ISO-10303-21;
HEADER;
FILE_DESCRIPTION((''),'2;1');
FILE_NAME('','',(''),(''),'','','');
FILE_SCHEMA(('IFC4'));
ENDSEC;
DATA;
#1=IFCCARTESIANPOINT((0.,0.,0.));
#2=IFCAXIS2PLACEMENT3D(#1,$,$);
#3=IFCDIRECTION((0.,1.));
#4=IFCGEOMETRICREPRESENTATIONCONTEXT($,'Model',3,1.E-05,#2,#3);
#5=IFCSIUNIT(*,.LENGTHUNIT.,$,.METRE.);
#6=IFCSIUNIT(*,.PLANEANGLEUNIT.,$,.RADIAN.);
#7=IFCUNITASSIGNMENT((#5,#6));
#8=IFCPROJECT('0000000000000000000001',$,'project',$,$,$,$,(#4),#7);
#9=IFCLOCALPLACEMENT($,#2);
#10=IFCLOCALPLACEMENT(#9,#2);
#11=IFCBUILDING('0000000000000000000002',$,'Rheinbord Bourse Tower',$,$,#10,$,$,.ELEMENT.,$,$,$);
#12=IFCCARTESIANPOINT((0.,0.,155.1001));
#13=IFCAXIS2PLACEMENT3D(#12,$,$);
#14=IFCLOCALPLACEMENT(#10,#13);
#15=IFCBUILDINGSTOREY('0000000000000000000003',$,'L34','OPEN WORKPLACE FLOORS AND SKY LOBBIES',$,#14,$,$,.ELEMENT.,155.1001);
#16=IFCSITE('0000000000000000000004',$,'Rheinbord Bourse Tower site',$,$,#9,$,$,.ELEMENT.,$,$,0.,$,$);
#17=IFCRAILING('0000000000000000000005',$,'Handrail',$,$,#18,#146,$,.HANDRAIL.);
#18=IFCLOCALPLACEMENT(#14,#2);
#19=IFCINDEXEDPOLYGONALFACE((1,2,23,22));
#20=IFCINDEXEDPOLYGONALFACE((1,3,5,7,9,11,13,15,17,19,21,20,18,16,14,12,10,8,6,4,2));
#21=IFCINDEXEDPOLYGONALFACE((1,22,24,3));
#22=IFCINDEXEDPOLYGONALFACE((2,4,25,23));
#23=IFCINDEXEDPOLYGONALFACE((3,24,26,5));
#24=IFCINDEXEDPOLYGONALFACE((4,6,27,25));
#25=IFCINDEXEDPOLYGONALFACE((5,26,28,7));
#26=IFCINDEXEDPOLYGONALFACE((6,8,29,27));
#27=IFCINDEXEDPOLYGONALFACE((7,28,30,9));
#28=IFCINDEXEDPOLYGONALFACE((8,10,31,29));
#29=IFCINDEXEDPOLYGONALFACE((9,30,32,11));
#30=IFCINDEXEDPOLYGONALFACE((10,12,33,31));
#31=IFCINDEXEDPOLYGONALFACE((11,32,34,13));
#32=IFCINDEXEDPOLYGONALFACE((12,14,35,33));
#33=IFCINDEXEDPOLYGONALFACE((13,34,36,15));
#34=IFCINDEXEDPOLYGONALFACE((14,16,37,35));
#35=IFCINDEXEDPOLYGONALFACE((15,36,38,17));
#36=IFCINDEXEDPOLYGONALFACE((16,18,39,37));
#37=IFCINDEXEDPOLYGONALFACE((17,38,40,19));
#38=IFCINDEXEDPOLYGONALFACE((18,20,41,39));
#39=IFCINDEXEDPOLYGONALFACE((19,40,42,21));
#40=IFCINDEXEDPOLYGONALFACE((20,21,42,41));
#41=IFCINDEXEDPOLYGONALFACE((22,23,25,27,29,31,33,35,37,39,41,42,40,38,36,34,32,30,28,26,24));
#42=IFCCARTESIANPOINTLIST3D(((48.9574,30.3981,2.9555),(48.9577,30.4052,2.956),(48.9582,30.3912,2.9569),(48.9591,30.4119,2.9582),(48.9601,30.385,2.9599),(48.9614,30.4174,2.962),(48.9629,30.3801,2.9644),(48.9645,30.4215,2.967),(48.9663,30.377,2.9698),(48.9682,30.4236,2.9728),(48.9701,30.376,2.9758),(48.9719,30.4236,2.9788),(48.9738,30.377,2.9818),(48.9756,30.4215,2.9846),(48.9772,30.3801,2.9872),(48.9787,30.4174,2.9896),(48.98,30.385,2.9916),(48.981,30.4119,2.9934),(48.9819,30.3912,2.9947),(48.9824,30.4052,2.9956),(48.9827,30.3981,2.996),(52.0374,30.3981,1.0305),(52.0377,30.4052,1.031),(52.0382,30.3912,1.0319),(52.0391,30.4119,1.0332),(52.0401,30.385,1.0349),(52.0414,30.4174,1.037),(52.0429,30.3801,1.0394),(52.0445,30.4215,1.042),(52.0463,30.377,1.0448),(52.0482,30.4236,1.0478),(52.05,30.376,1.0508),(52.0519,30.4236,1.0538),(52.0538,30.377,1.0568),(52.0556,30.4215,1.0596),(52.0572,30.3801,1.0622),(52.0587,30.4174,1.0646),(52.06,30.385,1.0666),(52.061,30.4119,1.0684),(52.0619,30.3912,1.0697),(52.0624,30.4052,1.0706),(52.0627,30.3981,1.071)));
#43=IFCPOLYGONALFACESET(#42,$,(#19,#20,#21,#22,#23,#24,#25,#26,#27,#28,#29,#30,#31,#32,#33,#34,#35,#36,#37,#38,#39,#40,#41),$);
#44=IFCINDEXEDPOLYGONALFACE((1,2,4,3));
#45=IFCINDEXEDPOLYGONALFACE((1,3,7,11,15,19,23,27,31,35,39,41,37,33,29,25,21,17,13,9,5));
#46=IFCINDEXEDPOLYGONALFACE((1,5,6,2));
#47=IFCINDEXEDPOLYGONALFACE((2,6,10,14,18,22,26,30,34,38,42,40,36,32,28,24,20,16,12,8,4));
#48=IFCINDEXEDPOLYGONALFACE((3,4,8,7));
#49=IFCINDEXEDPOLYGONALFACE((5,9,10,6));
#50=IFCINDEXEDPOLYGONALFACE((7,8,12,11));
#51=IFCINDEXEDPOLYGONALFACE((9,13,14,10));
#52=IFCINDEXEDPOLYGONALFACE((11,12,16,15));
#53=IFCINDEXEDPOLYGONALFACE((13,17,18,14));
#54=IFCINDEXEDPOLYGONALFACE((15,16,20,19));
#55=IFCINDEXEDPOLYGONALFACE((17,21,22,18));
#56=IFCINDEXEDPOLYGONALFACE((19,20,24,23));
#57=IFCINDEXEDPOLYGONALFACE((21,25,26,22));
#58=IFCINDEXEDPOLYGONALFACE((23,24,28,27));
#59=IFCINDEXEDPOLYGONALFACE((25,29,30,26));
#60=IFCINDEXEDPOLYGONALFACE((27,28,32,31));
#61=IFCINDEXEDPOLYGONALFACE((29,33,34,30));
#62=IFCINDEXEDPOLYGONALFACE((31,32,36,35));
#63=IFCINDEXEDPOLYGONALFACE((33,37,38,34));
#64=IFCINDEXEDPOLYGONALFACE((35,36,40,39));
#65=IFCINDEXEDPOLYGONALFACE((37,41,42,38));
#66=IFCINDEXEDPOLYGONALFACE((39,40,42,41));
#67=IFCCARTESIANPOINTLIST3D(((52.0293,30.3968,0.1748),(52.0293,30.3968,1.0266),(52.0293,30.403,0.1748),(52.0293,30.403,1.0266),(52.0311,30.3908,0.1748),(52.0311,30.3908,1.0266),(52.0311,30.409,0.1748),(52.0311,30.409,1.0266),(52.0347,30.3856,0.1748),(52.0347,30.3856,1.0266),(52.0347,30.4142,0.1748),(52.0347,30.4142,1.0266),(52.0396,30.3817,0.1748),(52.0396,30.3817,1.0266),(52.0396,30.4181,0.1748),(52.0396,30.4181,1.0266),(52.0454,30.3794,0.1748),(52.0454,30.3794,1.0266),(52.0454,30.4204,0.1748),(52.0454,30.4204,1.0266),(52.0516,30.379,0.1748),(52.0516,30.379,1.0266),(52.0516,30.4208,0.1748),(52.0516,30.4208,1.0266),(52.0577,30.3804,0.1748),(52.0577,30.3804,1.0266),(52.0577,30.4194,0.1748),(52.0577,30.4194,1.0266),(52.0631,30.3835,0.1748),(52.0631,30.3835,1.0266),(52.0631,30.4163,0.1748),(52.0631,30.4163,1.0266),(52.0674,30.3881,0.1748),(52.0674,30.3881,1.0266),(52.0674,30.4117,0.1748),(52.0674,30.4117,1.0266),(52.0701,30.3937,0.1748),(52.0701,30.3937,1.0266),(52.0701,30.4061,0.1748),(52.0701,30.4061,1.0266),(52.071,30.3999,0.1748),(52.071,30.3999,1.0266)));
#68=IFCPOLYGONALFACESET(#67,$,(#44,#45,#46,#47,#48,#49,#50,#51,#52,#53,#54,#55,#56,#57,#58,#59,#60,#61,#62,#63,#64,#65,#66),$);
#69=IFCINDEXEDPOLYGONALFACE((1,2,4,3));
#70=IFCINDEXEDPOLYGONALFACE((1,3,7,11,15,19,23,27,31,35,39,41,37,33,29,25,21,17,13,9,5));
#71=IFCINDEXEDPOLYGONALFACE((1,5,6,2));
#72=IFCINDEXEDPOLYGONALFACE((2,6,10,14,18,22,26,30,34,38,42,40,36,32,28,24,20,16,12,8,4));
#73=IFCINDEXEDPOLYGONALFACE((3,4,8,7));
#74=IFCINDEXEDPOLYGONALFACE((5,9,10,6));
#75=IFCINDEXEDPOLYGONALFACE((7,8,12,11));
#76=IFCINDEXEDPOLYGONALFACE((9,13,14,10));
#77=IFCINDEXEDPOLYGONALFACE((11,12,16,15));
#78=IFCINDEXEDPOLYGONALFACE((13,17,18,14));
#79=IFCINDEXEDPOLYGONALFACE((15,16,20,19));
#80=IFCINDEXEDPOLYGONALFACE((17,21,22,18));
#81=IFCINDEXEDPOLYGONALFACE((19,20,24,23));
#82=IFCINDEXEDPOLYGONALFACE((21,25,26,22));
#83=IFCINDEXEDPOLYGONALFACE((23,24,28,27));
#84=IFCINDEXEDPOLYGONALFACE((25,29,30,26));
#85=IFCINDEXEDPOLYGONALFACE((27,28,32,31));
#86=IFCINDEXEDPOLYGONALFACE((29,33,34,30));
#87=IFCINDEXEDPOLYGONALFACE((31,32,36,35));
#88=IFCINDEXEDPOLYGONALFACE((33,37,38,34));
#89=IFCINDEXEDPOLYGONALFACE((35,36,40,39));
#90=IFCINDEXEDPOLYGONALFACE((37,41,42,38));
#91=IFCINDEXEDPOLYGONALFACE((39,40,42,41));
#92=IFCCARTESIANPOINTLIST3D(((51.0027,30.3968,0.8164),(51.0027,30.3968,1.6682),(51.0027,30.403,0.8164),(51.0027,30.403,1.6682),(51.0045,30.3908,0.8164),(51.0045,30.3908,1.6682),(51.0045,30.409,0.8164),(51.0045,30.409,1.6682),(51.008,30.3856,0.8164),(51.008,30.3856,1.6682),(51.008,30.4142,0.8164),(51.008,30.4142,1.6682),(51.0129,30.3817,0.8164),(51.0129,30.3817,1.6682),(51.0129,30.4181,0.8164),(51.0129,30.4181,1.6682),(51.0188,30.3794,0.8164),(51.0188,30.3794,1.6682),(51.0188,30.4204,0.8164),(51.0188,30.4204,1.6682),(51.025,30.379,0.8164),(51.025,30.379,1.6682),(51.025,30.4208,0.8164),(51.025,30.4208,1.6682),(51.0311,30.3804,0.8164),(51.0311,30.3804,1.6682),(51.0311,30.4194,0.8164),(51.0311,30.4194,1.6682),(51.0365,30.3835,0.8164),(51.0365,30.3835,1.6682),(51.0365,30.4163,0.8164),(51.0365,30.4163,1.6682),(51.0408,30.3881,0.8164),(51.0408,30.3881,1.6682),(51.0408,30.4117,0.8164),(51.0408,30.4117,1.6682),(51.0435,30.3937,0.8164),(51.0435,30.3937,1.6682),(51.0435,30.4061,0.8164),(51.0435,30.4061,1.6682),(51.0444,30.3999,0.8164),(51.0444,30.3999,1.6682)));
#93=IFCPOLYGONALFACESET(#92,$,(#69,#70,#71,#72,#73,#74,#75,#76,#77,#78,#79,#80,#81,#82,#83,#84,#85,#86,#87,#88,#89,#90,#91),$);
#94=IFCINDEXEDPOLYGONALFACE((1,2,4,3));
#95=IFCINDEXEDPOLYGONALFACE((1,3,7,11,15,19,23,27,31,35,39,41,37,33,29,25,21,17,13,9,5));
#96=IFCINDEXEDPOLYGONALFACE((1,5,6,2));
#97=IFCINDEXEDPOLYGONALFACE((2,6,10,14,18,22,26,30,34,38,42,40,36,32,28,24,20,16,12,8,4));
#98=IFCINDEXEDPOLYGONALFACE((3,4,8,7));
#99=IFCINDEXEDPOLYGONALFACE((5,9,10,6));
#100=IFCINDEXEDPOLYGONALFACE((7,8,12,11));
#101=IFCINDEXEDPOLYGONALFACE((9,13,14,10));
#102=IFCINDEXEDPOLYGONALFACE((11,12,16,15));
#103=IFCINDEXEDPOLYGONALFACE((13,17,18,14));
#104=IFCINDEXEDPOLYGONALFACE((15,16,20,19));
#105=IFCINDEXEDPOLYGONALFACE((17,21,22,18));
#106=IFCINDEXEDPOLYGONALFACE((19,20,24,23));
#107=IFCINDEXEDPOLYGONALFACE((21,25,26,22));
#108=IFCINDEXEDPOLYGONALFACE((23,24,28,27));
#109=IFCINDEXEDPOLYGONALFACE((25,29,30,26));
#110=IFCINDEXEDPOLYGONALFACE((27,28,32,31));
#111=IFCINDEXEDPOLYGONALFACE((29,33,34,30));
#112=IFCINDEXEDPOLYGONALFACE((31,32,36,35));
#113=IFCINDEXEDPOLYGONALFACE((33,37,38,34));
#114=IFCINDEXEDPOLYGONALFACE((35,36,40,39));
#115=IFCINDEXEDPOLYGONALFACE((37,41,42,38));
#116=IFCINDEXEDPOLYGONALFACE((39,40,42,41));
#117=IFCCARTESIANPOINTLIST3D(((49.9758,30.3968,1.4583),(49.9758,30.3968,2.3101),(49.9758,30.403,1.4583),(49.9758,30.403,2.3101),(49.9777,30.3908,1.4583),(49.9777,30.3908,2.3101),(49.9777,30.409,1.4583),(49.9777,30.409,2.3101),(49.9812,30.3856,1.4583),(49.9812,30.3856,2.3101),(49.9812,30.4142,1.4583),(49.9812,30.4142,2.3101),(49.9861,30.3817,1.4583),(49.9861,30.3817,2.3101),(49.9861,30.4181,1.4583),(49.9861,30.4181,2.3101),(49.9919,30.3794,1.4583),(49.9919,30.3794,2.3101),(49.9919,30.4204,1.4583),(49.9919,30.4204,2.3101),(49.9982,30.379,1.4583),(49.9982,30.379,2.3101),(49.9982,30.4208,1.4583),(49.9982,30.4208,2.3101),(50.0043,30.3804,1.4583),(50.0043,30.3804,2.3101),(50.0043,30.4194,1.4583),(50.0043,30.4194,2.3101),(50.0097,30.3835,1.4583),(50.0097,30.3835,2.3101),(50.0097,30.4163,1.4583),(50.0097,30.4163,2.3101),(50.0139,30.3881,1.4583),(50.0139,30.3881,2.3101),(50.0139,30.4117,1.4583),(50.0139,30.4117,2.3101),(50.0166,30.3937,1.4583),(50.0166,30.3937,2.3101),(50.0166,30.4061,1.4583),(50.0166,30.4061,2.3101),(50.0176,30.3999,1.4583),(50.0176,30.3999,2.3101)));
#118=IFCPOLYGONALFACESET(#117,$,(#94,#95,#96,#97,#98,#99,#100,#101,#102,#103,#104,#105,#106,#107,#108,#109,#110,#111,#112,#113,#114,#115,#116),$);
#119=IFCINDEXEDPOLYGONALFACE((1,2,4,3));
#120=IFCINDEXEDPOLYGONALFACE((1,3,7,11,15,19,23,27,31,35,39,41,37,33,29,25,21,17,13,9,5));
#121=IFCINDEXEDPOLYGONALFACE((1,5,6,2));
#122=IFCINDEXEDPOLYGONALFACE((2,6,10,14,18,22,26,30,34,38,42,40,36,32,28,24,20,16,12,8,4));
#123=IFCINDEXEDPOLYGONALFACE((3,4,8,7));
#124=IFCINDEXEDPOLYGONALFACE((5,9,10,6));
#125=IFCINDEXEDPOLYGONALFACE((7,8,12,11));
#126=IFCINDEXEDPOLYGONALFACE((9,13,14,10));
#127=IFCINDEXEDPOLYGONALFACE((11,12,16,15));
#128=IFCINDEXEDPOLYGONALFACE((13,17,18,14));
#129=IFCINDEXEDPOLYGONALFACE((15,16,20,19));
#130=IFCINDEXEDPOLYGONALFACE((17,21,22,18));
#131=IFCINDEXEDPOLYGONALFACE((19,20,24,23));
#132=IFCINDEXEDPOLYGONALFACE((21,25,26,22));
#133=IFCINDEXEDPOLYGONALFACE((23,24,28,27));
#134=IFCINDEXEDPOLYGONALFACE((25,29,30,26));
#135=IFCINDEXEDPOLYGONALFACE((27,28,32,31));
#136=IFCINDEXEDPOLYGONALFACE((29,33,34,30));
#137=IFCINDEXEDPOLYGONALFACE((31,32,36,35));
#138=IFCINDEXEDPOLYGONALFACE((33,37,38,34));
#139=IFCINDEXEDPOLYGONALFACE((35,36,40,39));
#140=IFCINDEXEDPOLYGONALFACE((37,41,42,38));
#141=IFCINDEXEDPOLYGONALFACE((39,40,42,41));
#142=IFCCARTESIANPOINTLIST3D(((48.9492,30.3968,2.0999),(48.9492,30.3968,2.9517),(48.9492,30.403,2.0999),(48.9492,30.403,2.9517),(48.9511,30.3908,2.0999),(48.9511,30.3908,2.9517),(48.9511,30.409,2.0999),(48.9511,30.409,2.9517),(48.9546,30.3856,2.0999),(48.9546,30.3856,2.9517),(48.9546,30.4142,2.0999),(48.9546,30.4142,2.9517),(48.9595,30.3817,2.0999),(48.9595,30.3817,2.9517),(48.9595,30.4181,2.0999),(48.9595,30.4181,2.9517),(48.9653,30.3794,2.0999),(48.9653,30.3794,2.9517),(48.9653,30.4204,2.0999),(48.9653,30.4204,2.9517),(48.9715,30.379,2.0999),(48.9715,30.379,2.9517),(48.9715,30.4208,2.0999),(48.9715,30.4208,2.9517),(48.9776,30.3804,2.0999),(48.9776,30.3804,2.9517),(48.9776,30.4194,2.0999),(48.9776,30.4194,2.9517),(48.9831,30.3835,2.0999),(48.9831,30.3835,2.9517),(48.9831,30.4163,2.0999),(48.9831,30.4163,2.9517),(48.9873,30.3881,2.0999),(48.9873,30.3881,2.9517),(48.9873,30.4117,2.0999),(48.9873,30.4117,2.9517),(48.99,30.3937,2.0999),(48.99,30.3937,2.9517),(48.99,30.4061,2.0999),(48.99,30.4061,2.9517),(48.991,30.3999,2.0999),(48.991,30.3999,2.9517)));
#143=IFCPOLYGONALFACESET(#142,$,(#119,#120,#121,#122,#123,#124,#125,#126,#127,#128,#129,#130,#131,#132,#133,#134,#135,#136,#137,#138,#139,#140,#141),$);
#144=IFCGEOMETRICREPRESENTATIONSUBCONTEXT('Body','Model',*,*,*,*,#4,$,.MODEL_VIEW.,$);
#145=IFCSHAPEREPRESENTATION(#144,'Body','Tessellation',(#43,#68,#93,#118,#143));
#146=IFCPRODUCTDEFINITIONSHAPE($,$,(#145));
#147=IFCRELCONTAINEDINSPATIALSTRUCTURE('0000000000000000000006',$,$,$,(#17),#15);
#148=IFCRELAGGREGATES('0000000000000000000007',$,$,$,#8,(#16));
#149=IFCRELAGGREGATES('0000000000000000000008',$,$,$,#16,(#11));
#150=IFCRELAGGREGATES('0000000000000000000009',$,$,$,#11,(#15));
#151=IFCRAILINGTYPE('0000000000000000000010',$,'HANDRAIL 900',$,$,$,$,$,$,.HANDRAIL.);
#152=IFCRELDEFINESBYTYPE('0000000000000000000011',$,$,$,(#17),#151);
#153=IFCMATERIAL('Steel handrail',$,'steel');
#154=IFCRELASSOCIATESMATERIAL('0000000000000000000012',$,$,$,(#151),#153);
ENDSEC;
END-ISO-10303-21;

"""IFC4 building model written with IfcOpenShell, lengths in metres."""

from ifc_helpers import new_model, si_unit, direction, frame, origin, origin_2d, place, context, subcontext, project, spatial, circle, extrude, material, type_object, element, save


model = new_model("IFC4")

# Units and contexts
model_context = context("Model", 3, precision=1e-05, world=origin(), true_north=direction((0.0, 1.0)))
body_context = subcontext(model_context, "Body", "Model", "MODEL_VIEW")
ifc_project = project(units=[si_unit("LENGTHUNIT", "METRE"), si_unit("PLANEANGLEUNIT", "RADIAN")], contexts=[model_context])

# Site, building, storey
site_placement = place(None, origin())
site = spatial("IfcSite", under=ifc_project, at=site_placement, Name="Rheinbord Bourse Tower site", CompositionType="ELEMENT", RefElevation=0.0)
building_placement = place(site_placement, origin())
building = spatial("IfcBuilding", under=site, at=building_placement, Name="Rheinbord Bourse Tower", CompositionType="ELEMENT")
storey_placement = place(building_placement, frame((0.0, 0.0, 155.1001)))
storey = spatial("IfcBuildingStorey", under=building, at=storey_placement, Name="L34", Description="OPEN WORKPLACE FLOORS AND SKY LOBBIES", CompositionType="ELEMENT", Elevation=155.1001)

# Railing
ifc_material_1 = material(Name="Steel handrail", Category="steel")
railing_type = type_object("IfcRailingType", Name="HANDRAIL 900", PredefinedType="HANDRAIL", material=ifc_material_1)
railing_1_placement = place(storey_placement, frame((52.05, 30.3999, 0.1748)))
element("IfcRailing", 1, at=railing_1_placement, inside=storey, type_object=railing_type, Name="Handrail", PredefinedType="HANDRAIL", context=body_context, shape_type="SweptSolid", body=[
    extrude(circle(Radius=0.0239, at=origin_2d()), frame((0.0, 0.0, 0.876), z_axis=(-0.847998, 0.0, 0.529999), x_axis=(0.0, -1.0, 0.0)), (0.0, 0.0, 1.0), 3.6321),
    extrude(circle(Radius=0.021, at=origin_2d()), origin(), (0.0, 0.0, 1.0), 0.8518),
    extrude(circle(Radius=0.021, at=origin_2d()), frame((-1.0266, 0.0, 0.6416)), (0.0, 0.0, 1.0), 0.8518),
    extrude(circle(Radius=0.021, at=origin_2d()), frame((-2.0535, 0.0, 1.2834)), (0.0, 0.0, 1.0), 0.8518),
    extrude(circle(Radius=0.021, at=origin_2d()), frame((-3.0801, 0.0, 1.925)), (0.0, 0.0, 1.0), 0.8518),
])

save(model, "model.ifc")
